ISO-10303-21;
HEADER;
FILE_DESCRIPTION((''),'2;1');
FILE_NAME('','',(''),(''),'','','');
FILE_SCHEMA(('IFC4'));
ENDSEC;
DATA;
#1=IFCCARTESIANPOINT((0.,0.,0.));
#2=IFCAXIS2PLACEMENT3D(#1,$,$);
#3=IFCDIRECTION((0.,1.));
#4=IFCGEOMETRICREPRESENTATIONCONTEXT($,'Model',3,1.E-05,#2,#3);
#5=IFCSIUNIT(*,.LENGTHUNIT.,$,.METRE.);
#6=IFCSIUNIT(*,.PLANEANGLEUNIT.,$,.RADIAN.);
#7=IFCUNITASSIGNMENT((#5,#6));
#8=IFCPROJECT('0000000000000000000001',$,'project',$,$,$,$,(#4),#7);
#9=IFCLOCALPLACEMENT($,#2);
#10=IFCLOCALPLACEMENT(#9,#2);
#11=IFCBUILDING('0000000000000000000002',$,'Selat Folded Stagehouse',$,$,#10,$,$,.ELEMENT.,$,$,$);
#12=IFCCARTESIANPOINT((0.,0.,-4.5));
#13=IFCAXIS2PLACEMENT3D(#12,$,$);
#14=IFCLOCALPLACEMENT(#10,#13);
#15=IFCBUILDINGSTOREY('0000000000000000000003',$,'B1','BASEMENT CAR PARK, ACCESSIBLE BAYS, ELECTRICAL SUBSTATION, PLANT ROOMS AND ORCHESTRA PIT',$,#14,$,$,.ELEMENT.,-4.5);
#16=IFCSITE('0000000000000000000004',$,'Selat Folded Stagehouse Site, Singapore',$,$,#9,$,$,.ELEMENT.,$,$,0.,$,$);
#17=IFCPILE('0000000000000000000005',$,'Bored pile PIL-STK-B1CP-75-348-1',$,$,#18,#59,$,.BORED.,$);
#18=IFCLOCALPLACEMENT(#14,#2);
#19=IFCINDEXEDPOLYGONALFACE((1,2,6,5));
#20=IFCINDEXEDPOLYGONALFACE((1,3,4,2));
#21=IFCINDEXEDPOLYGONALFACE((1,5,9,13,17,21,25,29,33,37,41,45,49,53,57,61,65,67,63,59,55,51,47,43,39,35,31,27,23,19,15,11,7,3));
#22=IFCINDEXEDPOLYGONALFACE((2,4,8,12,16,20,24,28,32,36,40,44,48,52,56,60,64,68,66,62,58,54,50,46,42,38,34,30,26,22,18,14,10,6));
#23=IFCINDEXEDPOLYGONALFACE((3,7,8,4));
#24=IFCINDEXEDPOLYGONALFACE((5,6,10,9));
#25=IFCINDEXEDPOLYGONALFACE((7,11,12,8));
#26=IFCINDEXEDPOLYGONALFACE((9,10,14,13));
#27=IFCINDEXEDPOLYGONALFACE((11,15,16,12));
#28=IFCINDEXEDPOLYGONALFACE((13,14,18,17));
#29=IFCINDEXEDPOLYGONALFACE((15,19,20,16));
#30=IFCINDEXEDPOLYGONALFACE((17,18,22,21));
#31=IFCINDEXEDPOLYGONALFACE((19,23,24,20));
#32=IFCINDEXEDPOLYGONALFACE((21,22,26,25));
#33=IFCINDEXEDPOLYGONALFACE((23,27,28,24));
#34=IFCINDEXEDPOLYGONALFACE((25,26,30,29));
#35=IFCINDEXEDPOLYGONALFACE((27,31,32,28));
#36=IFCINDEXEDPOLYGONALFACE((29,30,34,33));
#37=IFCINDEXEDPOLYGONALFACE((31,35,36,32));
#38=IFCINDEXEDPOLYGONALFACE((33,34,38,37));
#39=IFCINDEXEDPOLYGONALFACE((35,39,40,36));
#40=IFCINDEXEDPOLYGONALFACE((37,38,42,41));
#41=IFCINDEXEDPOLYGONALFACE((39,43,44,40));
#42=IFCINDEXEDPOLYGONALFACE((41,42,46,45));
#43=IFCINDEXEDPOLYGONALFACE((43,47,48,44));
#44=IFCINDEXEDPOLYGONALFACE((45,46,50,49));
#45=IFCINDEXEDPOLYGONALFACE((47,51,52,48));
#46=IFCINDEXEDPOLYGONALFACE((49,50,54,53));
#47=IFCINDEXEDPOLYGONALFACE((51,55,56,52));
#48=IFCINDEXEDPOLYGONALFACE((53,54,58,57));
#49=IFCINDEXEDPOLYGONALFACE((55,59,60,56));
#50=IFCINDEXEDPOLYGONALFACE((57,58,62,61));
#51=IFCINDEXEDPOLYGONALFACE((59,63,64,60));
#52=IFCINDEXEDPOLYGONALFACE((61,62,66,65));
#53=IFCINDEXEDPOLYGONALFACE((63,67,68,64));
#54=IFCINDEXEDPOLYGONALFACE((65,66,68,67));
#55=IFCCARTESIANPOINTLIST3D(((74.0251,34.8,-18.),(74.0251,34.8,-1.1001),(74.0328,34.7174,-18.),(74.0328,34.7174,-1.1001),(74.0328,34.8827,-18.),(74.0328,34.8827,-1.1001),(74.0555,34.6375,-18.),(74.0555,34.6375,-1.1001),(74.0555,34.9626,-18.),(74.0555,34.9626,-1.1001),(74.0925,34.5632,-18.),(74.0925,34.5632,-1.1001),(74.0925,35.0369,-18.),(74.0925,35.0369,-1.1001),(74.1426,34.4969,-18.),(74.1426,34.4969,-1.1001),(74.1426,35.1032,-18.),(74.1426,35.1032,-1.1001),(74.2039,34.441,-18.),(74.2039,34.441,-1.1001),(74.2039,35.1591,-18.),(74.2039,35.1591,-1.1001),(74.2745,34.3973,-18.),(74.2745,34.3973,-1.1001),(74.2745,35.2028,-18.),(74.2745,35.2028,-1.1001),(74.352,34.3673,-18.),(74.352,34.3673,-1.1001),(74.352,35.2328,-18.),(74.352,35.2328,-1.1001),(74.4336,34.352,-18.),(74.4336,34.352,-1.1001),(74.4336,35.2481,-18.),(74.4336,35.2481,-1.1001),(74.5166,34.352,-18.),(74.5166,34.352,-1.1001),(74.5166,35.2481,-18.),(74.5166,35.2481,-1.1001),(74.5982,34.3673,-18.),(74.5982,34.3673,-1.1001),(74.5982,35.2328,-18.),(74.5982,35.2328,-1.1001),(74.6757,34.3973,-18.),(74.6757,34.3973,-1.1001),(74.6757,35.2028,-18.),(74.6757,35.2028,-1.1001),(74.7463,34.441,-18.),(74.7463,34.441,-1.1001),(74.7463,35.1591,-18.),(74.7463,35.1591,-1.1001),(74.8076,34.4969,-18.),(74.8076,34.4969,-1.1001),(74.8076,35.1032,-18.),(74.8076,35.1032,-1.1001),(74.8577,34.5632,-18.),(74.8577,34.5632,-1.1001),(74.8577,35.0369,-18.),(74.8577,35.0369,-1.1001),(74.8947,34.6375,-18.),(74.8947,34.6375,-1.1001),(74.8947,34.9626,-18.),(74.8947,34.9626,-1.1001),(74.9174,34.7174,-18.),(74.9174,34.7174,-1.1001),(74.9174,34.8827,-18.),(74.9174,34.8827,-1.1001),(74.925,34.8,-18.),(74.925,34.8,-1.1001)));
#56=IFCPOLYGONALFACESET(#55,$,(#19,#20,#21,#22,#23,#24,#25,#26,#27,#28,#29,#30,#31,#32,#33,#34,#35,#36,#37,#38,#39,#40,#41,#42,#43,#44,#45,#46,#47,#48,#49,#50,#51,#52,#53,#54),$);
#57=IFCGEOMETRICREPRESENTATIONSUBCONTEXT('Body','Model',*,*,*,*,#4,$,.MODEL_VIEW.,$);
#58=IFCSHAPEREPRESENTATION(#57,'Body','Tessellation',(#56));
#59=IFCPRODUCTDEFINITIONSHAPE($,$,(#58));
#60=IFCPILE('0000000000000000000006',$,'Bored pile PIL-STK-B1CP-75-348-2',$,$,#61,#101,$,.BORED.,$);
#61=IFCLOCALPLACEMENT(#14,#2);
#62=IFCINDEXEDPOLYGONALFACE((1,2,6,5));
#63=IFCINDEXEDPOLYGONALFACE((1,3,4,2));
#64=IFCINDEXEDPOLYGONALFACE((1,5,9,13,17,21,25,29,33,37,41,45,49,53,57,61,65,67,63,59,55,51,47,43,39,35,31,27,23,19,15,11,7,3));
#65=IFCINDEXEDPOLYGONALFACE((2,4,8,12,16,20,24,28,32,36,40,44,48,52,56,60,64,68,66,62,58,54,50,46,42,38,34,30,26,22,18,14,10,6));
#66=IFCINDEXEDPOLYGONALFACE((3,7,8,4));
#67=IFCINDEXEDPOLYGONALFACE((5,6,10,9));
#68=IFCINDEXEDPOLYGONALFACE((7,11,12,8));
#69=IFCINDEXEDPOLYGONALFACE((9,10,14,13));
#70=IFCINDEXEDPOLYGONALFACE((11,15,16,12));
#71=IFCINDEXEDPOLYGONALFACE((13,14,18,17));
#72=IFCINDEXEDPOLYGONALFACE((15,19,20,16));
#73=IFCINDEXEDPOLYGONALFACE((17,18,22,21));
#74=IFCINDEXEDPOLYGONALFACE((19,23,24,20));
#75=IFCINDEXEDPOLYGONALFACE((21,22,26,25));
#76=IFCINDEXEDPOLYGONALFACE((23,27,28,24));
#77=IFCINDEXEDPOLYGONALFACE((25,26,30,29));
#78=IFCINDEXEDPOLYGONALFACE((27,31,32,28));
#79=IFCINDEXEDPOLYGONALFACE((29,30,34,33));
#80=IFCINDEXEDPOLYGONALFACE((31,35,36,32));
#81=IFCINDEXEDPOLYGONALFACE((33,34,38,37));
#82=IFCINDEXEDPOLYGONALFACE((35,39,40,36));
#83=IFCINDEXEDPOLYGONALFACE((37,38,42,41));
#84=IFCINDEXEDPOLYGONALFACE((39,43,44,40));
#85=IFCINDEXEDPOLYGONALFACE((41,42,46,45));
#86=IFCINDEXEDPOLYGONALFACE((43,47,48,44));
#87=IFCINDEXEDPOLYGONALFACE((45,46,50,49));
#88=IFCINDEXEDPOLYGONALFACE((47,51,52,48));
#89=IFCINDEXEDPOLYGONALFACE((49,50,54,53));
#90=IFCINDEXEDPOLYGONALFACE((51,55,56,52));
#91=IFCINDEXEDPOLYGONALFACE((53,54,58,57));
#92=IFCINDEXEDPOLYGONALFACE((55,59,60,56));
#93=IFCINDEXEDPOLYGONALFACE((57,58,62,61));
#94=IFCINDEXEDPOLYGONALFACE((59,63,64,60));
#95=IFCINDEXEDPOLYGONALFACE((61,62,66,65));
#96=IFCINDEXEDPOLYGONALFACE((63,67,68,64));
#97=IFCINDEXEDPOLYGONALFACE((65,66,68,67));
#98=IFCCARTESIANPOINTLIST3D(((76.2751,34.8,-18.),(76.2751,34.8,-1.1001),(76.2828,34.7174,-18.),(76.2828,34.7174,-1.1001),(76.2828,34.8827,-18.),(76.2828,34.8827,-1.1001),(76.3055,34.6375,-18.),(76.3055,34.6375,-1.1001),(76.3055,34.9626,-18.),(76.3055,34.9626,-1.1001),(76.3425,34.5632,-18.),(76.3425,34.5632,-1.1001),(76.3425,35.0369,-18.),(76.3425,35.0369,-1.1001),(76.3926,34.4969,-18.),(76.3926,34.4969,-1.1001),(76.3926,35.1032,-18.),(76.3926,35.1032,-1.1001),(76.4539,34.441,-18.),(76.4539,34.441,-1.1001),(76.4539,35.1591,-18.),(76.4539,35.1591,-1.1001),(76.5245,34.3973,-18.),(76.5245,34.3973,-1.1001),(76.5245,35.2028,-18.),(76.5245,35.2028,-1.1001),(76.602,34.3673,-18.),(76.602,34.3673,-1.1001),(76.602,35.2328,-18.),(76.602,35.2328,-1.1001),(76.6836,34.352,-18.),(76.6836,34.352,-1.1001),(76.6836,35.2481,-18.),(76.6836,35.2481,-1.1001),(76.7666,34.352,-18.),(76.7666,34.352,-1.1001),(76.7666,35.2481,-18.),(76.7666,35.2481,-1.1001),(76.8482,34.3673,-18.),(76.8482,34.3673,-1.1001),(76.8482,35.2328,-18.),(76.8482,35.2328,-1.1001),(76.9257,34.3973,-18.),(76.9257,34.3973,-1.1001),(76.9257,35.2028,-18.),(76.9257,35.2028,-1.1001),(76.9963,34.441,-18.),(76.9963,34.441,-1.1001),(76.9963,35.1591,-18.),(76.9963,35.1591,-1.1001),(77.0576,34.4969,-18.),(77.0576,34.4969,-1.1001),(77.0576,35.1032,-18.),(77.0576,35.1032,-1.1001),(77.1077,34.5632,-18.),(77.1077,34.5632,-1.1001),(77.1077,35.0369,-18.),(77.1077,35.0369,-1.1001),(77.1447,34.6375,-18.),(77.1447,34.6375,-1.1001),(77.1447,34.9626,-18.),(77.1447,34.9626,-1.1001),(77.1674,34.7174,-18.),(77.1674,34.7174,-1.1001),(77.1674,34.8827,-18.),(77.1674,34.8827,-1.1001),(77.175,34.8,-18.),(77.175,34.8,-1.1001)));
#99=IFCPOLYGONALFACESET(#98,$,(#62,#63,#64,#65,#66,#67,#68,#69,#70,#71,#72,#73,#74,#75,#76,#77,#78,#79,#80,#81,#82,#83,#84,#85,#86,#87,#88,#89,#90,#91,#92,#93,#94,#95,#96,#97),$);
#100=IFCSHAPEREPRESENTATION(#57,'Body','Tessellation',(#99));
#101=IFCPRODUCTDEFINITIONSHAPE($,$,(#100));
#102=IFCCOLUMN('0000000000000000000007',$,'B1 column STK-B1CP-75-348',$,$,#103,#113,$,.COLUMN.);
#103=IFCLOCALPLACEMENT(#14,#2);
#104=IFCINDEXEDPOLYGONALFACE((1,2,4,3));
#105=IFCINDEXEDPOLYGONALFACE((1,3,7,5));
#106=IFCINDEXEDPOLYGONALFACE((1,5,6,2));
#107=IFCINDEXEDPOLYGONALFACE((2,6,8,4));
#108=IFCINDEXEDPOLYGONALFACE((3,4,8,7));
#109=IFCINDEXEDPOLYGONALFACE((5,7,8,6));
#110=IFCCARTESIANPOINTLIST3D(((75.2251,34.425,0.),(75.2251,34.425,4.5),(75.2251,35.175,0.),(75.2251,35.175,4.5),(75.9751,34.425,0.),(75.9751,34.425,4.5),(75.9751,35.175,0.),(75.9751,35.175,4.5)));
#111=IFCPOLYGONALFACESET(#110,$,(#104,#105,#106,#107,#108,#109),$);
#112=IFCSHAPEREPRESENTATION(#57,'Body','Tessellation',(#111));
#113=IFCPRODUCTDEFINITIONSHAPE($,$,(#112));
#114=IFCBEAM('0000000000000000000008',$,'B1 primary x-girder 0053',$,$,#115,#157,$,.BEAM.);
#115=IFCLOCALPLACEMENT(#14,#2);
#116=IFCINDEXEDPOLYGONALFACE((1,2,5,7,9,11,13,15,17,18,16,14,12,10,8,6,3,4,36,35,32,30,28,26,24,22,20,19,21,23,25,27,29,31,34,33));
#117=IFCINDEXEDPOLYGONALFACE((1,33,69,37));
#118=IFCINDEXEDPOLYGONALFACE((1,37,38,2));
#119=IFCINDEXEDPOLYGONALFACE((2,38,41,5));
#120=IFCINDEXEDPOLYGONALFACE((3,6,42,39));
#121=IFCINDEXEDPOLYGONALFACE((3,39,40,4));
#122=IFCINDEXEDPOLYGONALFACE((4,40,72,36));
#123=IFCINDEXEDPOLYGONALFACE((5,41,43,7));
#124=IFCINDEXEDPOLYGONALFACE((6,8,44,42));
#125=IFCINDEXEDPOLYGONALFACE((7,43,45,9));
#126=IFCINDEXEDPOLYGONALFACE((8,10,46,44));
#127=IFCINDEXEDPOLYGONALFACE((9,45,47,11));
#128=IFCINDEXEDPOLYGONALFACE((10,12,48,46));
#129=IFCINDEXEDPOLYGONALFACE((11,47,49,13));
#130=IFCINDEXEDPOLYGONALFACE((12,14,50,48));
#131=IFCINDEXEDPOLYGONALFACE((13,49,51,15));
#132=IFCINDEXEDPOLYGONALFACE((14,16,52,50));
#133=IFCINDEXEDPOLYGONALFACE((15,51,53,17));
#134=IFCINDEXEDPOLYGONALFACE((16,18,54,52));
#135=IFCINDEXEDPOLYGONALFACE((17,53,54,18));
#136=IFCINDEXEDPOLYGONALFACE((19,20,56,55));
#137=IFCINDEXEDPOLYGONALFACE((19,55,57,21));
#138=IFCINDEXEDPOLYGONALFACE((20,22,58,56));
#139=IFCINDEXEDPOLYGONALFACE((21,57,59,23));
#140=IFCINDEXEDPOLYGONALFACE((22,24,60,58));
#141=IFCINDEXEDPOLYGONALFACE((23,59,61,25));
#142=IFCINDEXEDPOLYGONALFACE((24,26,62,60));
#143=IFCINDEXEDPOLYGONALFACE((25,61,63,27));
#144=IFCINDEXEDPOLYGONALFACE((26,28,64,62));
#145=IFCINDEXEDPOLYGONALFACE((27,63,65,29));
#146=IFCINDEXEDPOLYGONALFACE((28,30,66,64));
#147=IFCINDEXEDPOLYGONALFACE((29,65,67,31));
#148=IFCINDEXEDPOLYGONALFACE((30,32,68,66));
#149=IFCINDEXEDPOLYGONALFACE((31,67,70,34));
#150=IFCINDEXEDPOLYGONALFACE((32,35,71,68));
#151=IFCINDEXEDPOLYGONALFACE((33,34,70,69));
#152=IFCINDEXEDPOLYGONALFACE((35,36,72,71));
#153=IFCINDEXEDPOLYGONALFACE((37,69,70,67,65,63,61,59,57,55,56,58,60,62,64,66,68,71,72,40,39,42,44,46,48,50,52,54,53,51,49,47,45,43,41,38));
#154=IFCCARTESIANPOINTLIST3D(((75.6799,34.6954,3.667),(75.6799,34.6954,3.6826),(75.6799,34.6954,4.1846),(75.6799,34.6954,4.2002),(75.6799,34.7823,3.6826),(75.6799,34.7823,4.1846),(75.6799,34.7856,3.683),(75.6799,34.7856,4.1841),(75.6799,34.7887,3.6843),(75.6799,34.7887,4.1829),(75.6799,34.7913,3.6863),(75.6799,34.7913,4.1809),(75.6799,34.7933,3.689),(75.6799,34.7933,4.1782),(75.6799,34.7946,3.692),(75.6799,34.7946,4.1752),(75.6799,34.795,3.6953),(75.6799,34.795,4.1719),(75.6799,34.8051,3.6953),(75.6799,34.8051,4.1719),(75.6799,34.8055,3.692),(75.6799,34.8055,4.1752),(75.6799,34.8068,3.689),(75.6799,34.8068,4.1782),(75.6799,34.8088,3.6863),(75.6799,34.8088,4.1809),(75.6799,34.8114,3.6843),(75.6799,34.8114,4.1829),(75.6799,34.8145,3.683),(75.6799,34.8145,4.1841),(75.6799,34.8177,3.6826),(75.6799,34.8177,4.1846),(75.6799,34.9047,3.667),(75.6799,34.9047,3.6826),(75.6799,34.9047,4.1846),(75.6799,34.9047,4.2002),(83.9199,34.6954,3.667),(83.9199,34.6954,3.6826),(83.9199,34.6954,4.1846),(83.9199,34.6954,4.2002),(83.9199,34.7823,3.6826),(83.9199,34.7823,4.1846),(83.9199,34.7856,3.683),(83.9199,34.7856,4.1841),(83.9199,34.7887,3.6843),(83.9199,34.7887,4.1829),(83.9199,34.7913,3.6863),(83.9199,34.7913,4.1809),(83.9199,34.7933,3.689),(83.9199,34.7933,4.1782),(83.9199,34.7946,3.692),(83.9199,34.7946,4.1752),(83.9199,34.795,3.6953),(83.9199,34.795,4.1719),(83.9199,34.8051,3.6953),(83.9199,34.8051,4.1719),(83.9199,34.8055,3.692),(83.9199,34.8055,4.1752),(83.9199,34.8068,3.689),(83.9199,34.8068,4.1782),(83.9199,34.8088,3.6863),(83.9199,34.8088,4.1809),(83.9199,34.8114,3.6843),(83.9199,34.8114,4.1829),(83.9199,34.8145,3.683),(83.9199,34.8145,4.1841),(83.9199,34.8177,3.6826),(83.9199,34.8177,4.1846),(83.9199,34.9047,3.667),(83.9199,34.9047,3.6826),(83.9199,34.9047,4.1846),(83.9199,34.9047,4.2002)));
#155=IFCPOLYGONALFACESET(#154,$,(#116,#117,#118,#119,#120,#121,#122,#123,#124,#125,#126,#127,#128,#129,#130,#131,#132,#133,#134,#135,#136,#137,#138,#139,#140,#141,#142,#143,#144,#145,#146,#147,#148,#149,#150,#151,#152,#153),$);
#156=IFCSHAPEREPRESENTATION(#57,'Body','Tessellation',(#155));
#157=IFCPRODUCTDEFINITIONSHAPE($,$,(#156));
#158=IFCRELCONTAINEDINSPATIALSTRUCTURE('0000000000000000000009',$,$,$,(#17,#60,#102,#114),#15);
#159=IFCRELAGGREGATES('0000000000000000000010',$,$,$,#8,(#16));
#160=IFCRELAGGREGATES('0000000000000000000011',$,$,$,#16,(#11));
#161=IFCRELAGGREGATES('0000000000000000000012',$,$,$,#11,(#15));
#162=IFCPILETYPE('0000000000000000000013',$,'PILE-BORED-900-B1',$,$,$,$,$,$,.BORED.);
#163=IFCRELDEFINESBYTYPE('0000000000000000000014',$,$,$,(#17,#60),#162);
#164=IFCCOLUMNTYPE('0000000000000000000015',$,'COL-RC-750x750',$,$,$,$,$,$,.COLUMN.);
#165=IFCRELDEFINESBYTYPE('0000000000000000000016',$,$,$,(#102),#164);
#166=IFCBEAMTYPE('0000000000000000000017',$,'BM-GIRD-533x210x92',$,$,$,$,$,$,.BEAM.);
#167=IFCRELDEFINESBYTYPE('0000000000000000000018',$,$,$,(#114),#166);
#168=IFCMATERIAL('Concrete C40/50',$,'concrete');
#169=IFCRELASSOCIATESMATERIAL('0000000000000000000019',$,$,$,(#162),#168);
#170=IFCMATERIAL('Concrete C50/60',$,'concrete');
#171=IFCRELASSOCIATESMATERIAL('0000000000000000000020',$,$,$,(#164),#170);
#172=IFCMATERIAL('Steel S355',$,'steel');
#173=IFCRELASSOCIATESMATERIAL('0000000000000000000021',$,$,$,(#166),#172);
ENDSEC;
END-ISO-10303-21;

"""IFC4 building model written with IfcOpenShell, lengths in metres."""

from ifc_helpers import new_model, si_unit, direction, frame, origin, origin_2d, place, context, subcontext, project, spatial, rectangle, circle, i_section, extrude, material, material_profile, profile_set, type_object, element, save


model = new_model("IFC4")

# Units and contexts
model_context = context("Model", 3, precision=1e-05, world=origin(), true_north=direction((0.0, 1.0)))
body_context = subcontext(model_context, "Body", "Model", "MODEL_VIEW")
ifc_project = project(units=[si_unit("LENGTHUNIT", "METRE"), si_unit("PLANEANGLEUNIT", "RADIAN")], contexts=[model_context])

# Site, building, storey
site_placement = place(None, origin())
site = spatial("IfcSite", under=ifc_project, at=site_placement, Name="Selat Folded Stagehouse Site, Singapore", CompositionType="ELEMENT", RefElevation=0.0)
building_placement = place(site_placement, origin())
building = spatial("IfcBuilding", under=site, at=building_placement, Name="Selat Folded Stagehouse", CompositionType="ELEMENT")
storey_placement = place(building_placement, frame((0.0, 0.0, -4.5)))
storey = spatial("IfcBuildingStorey", under=building, at=storey_placement, Name="B1", Description="BASEMENT CAR PARK, ACCESSIBLE BAYS, ELECTRICAL SUBSTATION, PLANT ROOMS AND ORCHESTRA PIT", CompositionType="ELEMENT", Elevation=-4.5)

# Shared definitions
ifc_material_1 = material(Name="Concrete C40/50", Category="concrete")

# Piles
ifc_material_profile_1 = material_profile(ifc_material_1, circle(Radius=0.45, at=origin_2d()), Name="PILE D900")
ifc_profile_set_1 = profile_set([ifc_material_profile_1], Name="Concrete C40/50")
pile_type_1 = type_object("IfcPileType", Name="PILE-BORED-900-B1", PredefinedType="BORED", material=ifc_profile_set_1)
for number, where, z_axis, x_axis, name in (
    (1, (74.4751, 34.8, -1.1001), (0.0, 0.0, -1.0), (1.0, 0.0, 0.0), "Bored pile PIL-STK-B1CP-75-348-1"),
    (2, (76.7251, 34.8, -1.1001), (0.0, 0.0, -1.0), (1.0, 0.0, 0.0), "Bored pile PIL-STK-B1CP-75-348-2"),
):
    element("IfcPile", number, at=place(storey_placement, frame(where, z_axis=z_axis, x_axis=x_axis)), inside=storey, type_object=pile_type_1, Name=name, PredefinedType="BORED", context=body_context, shape_type="SweptSolid", body=[
        extrude(circle(Radius=0.45, at=origin_2d()), origin(), (0.0, 0.0, 1.0), 16.8999),
    ])

# Column
ifc_material_2 = material(Name="Concrete C50/60", Category="concrete")
ifc_material_profile_2 = material_profile(ifc_material_2, rectangle(XDim=0.75, YDim=0.75, at=origin_2d()), Name="RC 750x750")
ifc_profile_set_2 = profile_set([ifc_material_profile_2], Name="Concrete C50/60")
column_type = type_object("IfcColumnType", Name="COL-RC-750x750", PredefinedType="COLUMN", material=ifc_profile_set_2)
column_placement = place(storey_placement, frame((75.6001, 34.8, 0.0), z_axis=(0.0, 0.0, 1.0), x_axis=(1.0, 0.0, 0.0)))
element("IfcColumn", 3, at=column_placement, inside=storey, type_object=column_type, Name="B1 column STK-B1CP-75-348", PredefinedType="COLUMN", context=body_context, shape_type="SweptSolid", body=[
    extrude(rectangle(XDim=0.75, YDim=0.75, at=origin_2d()), origin(), (0.0, 0.0, 1.0), 4.5),
])

# Beam
ifc_material_3 = material(Name="Steel S355", Category="steel")
ifc_material_profile_3 = material_profile(ifc_material_3, i_section(OverallWidth=0.2092, OverallDepth=0.5332, WebThickness=0.01, FlangeThickness=0.0156, FilletRadius=0.0127, at=origin_2d()), Name="UKB 533x210x92")
ifc_profile_set_3 = profile_set([ifc_material_profile_3], Name="Steel S355")
beam_type_1 = type_object("IfcBeamType", Name="BM-GIRD-533x210x92", PredefinedType="BEAM", material=ifc_profile_set_3)
beam_1_placement = place(storey_placement, frame((75.6799, 34.8, 3.9336), z_axis=(1.0, 0.0, 0.0), x_axis=(0.0, 1.0, 0.0)))
element("IfcBeam", 4, at=beam_1_placement, inside=storey, type_object=beam_type_1, Name="B1 primary x-girder 0053", PredefinedType="BEAM", context=body_context, shape_type="SweptSolid", body=[
    extrude(i_section(OverallWidth=0.2092, OverallDepth=0.5332, WebThickness=0.01, FlangeThickness=0.0156, FilletRadius=0.0127, at=origin_2d()), origin(), (0.0, 0.0, 1.0), 8.24),
])

save(model, "model.ifc")
